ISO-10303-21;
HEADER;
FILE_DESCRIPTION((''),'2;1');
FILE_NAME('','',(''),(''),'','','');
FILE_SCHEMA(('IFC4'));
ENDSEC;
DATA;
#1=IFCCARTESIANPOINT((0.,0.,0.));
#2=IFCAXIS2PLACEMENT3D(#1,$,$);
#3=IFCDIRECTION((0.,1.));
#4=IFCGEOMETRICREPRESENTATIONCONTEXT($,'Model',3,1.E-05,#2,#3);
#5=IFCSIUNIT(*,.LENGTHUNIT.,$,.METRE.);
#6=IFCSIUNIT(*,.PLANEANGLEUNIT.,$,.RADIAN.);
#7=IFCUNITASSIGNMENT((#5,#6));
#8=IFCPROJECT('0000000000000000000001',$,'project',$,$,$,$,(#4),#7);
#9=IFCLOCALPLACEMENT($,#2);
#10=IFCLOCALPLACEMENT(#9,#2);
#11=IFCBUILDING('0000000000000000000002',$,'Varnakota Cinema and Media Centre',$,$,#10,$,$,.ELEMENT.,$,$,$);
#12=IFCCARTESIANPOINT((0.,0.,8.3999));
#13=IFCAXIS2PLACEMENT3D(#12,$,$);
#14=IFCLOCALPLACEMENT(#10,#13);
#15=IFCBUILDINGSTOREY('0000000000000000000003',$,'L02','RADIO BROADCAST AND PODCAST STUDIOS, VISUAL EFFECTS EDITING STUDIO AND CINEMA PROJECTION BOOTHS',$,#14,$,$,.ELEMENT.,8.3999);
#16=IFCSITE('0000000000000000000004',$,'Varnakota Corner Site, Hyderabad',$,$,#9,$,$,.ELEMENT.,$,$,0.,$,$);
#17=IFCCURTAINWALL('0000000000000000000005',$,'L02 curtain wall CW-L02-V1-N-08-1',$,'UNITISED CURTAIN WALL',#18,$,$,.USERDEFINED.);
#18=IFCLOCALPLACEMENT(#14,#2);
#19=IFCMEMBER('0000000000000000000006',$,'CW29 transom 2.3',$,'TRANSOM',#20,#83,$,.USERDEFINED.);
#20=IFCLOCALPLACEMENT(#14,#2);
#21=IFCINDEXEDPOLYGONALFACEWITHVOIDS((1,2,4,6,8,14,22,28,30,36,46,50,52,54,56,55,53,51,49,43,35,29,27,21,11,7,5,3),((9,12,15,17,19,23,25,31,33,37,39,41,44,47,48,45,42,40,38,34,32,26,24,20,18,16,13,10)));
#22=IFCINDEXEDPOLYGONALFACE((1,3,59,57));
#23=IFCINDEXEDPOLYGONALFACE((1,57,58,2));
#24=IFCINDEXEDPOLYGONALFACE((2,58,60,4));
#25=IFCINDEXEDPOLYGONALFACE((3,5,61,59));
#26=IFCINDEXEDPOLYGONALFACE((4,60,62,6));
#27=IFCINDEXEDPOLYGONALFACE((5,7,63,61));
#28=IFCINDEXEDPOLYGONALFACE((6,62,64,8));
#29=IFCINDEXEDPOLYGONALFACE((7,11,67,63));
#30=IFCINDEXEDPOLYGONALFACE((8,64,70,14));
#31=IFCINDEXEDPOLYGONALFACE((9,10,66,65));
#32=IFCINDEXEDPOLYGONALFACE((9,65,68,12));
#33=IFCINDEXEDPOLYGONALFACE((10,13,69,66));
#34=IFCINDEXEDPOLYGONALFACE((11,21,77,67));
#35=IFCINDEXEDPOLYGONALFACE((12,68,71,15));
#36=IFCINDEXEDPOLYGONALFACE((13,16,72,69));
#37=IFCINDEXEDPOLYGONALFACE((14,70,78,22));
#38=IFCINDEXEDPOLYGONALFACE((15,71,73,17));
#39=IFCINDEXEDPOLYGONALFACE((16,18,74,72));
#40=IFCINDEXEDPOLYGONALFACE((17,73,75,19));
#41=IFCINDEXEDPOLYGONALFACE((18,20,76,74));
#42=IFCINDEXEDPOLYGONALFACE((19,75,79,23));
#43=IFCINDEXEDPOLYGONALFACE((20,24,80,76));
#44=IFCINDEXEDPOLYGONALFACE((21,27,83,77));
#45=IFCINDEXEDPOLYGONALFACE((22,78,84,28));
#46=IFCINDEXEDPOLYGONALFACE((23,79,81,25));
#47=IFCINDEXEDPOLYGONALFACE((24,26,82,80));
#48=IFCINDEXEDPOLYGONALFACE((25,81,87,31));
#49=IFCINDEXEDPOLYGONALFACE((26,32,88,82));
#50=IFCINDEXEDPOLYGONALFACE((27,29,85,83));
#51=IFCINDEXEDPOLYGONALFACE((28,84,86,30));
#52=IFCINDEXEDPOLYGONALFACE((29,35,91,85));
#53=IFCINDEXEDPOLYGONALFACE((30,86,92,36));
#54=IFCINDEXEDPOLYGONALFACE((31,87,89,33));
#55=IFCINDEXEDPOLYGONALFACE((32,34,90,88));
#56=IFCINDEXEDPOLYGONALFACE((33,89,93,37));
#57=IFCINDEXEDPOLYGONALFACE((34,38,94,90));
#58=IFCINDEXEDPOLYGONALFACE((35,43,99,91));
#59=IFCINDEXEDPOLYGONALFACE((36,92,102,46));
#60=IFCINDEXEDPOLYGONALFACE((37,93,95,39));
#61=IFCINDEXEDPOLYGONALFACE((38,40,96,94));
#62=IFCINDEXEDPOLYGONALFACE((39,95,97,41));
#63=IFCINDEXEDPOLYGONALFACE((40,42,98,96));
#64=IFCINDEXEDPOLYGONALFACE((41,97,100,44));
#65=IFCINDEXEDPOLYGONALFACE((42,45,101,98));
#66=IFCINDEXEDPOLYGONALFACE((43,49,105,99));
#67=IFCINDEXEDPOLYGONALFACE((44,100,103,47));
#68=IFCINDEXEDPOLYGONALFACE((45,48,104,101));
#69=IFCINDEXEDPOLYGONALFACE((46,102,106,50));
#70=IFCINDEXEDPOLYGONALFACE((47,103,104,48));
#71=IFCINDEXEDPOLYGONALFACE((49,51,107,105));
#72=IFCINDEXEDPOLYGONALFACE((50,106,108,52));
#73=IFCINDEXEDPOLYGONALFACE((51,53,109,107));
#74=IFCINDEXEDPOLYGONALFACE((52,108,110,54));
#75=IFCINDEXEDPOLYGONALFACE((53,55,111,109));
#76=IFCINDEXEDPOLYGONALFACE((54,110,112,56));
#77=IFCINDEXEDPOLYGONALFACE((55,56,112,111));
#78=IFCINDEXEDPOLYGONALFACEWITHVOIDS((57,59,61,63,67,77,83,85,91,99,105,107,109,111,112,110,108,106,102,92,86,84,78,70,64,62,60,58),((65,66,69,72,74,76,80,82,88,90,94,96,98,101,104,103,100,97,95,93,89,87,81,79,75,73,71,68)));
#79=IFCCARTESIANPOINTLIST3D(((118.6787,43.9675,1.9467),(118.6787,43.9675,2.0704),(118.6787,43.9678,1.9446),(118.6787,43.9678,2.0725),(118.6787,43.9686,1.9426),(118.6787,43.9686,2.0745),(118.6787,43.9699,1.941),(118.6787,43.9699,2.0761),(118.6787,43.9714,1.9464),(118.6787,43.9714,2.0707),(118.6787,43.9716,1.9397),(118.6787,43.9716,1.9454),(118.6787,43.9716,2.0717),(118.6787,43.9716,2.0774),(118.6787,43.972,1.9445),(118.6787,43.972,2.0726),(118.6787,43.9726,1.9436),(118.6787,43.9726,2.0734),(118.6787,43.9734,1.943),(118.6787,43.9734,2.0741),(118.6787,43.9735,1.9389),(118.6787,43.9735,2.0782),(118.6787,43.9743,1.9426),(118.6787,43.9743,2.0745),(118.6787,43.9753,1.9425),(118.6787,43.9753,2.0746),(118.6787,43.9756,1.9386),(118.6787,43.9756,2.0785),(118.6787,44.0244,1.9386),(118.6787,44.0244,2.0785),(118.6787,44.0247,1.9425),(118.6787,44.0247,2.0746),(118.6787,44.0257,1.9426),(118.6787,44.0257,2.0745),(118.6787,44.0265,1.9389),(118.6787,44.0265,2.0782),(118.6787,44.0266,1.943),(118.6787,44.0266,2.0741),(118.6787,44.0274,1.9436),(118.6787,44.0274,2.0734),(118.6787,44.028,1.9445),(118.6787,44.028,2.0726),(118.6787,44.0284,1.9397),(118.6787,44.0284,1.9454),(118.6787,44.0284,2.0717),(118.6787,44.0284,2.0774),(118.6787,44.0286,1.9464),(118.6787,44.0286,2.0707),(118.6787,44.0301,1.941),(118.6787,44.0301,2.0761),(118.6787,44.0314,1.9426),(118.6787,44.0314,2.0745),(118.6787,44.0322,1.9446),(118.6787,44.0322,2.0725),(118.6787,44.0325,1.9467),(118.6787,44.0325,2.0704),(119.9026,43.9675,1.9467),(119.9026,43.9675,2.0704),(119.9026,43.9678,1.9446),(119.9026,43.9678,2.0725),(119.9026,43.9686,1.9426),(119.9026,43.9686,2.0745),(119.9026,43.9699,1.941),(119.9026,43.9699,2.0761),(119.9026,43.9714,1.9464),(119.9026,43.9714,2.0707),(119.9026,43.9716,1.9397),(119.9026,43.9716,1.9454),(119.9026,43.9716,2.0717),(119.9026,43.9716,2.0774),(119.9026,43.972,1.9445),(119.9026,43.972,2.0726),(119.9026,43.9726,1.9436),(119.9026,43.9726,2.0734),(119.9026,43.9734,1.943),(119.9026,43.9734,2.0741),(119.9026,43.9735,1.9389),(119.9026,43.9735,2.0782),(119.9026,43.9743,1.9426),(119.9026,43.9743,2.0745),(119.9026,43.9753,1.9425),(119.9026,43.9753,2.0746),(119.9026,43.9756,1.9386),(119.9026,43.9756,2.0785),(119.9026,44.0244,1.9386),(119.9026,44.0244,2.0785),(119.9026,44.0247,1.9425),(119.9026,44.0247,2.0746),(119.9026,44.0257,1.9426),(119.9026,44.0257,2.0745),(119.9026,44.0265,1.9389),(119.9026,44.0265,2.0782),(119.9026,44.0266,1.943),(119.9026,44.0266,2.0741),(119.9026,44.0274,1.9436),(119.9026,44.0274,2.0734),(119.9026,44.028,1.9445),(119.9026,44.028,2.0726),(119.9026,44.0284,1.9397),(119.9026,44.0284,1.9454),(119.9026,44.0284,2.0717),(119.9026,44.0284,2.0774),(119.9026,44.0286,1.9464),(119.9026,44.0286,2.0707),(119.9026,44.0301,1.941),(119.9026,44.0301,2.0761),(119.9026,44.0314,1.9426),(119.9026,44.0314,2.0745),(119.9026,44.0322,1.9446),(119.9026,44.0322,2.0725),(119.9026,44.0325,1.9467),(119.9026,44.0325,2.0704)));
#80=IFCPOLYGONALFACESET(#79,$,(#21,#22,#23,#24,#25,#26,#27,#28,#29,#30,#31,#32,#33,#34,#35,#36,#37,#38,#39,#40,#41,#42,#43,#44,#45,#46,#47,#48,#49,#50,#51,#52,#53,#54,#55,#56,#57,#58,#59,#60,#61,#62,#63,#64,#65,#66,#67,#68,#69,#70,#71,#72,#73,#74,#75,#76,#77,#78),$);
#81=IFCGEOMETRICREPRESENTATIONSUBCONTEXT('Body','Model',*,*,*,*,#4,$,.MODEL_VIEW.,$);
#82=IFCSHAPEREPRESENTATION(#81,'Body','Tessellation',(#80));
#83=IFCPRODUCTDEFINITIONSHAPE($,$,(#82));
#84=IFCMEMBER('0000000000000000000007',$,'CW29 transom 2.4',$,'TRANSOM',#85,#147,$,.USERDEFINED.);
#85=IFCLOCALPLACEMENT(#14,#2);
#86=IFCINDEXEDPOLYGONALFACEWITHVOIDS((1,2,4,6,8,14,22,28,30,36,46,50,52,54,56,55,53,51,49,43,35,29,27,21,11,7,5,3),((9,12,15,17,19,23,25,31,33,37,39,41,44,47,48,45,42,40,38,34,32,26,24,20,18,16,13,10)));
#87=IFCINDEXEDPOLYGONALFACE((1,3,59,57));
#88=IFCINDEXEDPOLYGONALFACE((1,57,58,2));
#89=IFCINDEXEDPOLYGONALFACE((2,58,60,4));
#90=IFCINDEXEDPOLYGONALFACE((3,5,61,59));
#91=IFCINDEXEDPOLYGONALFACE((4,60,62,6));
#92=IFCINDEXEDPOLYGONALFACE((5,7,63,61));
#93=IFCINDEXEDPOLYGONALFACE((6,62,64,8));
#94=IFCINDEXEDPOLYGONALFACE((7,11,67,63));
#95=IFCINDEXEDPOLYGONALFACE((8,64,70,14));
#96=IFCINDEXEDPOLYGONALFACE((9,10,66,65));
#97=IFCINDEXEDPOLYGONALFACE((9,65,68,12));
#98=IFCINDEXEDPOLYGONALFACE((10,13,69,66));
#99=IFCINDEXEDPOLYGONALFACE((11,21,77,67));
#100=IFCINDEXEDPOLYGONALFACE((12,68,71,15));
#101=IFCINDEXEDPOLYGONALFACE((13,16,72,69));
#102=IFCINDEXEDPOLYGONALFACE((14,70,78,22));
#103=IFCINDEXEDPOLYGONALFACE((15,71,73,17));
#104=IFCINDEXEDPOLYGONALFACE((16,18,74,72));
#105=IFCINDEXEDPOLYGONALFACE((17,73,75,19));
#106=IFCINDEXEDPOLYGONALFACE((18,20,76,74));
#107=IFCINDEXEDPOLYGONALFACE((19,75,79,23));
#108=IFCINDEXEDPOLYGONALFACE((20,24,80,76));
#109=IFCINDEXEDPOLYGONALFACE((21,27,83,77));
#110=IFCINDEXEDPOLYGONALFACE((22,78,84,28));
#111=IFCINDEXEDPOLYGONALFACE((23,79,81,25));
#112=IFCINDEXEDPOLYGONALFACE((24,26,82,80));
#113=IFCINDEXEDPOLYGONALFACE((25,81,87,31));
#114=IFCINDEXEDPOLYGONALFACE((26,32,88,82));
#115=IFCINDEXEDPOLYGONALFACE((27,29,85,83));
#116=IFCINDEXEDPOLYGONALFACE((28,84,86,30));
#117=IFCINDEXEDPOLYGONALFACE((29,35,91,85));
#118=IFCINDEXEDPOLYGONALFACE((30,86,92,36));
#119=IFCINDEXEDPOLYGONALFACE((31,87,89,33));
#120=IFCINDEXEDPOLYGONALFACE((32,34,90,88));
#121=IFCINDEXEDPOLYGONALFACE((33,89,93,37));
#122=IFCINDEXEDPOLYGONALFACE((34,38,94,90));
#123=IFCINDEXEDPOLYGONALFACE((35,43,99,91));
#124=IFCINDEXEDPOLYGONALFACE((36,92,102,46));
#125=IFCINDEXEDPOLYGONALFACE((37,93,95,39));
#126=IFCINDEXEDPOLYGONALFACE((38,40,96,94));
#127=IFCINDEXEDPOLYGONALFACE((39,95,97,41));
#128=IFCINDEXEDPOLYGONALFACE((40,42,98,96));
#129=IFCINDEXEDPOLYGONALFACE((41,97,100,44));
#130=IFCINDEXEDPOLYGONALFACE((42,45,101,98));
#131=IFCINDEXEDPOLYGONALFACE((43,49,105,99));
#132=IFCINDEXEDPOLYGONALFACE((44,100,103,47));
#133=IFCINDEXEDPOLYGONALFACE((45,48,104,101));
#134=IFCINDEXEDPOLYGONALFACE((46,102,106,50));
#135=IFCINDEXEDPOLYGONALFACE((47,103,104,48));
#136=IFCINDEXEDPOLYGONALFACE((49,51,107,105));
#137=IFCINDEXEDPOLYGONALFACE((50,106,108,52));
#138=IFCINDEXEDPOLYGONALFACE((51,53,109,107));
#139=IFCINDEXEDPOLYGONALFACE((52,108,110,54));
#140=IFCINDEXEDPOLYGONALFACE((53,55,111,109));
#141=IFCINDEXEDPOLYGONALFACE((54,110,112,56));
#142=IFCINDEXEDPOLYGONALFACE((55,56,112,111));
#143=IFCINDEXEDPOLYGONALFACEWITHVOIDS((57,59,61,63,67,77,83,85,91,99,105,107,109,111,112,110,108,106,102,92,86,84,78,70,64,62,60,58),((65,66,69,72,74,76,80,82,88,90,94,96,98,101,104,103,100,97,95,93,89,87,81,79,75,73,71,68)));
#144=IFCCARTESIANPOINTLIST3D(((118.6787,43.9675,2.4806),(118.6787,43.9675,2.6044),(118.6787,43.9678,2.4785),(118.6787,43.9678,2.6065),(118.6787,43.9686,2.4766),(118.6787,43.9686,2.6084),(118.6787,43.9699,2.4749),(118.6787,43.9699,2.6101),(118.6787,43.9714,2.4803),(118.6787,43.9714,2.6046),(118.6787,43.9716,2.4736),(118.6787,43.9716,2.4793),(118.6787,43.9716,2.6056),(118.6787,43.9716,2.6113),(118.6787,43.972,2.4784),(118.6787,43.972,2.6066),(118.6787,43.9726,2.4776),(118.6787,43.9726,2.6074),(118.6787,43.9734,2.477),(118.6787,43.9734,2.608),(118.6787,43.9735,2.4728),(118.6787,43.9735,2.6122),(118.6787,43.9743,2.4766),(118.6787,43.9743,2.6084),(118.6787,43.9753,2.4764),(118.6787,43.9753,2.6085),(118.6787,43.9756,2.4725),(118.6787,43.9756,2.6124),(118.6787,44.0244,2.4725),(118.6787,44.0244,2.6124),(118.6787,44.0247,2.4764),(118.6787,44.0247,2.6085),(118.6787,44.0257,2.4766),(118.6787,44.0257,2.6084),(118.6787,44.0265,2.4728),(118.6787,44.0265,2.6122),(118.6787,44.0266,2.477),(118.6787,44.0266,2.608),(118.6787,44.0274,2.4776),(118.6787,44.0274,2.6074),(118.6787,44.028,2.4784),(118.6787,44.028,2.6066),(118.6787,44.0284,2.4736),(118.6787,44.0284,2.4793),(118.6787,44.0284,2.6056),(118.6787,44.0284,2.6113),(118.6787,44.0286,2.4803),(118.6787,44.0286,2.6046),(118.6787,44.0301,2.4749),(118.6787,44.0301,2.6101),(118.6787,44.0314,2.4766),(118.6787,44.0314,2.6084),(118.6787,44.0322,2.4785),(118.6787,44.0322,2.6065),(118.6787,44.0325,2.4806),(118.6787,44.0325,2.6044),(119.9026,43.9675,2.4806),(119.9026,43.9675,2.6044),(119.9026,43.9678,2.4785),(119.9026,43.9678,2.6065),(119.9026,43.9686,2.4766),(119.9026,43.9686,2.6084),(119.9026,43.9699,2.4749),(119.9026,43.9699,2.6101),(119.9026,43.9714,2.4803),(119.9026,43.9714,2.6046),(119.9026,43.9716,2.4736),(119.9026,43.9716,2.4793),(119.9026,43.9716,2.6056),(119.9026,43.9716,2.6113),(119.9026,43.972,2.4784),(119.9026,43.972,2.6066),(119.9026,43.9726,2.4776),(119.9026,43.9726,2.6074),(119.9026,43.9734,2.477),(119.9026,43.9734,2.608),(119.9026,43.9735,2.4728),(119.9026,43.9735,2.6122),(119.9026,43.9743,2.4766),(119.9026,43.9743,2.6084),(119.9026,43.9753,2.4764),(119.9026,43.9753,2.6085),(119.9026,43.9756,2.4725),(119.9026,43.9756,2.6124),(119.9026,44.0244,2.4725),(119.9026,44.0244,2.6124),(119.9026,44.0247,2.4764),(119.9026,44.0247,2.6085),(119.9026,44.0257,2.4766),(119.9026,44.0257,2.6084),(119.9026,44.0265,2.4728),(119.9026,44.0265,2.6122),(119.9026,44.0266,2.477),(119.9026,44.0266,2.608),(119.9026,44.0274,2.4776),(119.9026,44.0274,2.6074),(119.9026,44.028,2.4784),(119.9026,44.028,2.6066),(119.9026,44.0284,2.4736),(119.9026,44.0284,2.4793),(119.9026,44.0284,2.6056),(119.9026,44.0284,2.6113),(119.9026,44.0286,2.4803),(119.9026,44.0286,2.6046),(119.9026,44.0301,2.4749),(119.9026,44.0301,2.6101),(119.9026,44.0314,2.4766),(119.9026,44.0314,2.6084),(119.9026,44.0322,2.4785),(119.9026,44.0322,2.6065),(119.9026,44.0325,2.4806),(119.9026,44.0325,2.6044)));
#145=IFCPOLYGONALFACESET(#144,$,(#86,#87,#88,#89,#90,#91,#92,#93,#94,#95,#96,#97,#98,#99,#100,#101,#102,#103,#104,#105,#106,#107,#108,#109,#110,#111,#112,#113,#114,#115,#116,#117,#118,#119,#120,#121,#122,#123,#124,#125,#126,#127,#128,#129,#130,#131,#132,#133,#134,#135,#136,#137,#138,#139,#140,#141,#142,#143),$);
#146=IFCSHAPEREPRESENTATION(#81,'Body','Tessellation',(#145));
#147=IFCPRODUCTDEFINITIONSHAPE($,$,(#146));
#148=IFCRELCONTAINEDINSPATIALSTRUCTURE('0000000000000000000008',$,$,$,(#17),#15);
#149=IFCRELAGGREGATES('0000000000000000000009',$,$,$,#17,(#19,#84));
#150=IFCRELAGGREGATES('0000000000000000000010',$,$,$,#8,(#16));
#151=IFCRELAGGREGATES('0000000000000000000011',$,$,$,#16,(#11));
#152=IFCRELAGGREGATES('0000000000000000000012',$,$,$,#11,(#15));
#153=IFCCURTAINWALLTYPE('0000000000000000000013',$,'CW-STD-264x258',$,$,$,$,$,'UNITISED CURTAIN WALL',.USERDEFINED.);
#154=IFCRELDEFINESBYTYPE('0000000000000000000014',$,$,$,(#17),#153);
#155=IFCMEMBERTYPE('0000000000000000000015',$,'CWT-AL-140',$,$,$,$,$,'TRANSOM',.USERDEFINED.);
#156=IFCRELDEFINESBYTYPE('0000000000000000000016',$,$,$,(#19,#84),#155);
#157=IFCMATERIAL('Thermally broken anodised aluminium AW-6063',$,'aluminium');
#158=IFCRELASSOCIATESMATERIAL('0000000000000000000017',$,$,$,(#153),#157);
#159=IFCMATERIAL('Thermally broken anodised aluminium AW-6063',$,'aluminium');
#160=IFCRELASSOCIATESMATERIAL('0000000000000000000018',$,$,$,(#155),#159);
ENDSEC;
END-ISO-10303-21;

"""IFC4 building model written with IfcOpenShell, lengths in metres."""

from ifc_helpers import new_model, si_unit, direction, frame, origin, origin_2d, place, context, subcontext, project, spatial, hollow_rectangle, extrude, material, material_profile, profile_set, type_object, element, aggregate, save


model = new_model("IFC4")

# Units and contexts
model_context = context("Model", 3, precision=1e-05, world=origin(), true_north=direction((0.0, 1.0)))
body_context = subcontext(model_context, "Body", "Model", "MODEL_VIEW")
ifc_project = project(units=[si_unit("LENGTHUNIT", "METRE"), si_unit("PLANEANGLEUNIT", "RADIAN")], contexts=[model_context])

# Site, building, storey
site_placement = place(None, origin())
site = spatial("IfcSite", under=ifc_project, at=site_placement, Name="Varnakota Corner Site, Hyderabad", CompositionType="ELEMENT", RefElevation=0.0)
building_placement = place(site_placement, origin())
building = spatial("IfcBuilding", under=site, at=building_placement, Name="Varnakota Cinema and Media Centre", CompositionType="ELEMENT")
storey_placement = place(building_placement, frame((0.0, 0.0, 8.3999)))
storey = spatial("IfcBuildingStorey", under=building, at=storey_placement, Name="L02", Description="RADIO BROADCAST AND PODCAST STUDIOS, VISUAL EFFECTS EDITING STUDIO AND CINEMA PROJECTION BOOTHS", CompositionType="ELEMENT", Elevation=8.3999)

# Curtain wall
ifc_material_1 = material(Name="Thermally broken anodised aluminium AW-6063", Category="aluminium")
curtain_wall_type = type_object("IfcCurtainWallType", Name="CW-STD-264x258", ElementType="UNITISED CURTAIN WALL", PredefinedType="USERDEFINED", material=ifc_material_1)
curtain_wall_1_placement = place(storey_placement, origin())
curtain_wall_1 = element("IfcCurtainWall", 1, at=curtain_wall_1_placement, inside=storey, type_object=curtain_wall_type, Name="L02 curtain wall CW-L02-V1-N-08-1", ObjectType="UNITISED CURTAIN WALL", PredefinedType="USERDEFINED")

# Members
ifc_material_2 = material(Name="Thermally broken anodised aluminium AW-6063", Category="aluminium")
ifc_material_profile_1 = material_profile(ifc_material_2, hollow_rectangle(XDim=0.0649, YDim=0.1399, WallThickness=0.0039, InnerFilletRadius=0.0039, OuterFilletRadius=0.0081, at=origin_2d()), Name="AL-TRANSOM 140x65x4")
ifc_profile_set_1 = profile_set([ifc_material_profile_1], Name="Thermally broken anodised aluminium AW-6063")
member_type_1 = type_object("IfcMemberType", Name="CWT-AL-140", ElementType="TRANSOM", PredefinedType="USERDEFINED", material=ifc_profile_set_1)
member_1_placement = place(storey_placement, frame((118.6787, 44.0, 2.0085), z_axis=(1.0, 0.0, 0.0), x_axis=(0.0, 1.0, 0.0)))
member_1 = element("IfcMember", 2, at=member_1_placement, type_object=member_type_1, Name="CW29 transom 2.3", ObjectType="TRANSOM", PredefinedType="USERDEFINED", context=body_context, shape_type="SweptSolid", body=[
    extrude(hollow_rectangle(XDim=0.0649, YDim=0.1399, WallThickness=0.0039, InnerFilletRadius=0.0039, OuterFilletRadius=0.0081, at=origin_2d()), origin(), (0.0, 0.0, 1.0), 1.2239),
])
member_2_placement = place(storey_placement, frame((118.6787, 44.0, 2.5425), z_axis=(1.0, 0.0, 0.0), x_axis=(0.0, 1.0, 0.0)))
member_2 = element("IfcMember", 3, at=member_2_placement, type_object=member_type_1, Name="CW29 transom 2.4", ObjectType="TRANSOM", PredefinedType="USERDEFINED", context=body_context, shape_type="SweptSolid", body=[
    extrude(hollow_rectangle(XDim=0.0649, YDim=0.1399, WallThickness=0.0039, InnerFilletRadius=0.0039, OuterFilletRadius=0.0081, at=origin_2d()), origin(), (0.0, 0.0, 1.0), 1.2239),
])

aggregate(curtain_wall_1, [member_1, member_2])

save(model, "model.ifc")
